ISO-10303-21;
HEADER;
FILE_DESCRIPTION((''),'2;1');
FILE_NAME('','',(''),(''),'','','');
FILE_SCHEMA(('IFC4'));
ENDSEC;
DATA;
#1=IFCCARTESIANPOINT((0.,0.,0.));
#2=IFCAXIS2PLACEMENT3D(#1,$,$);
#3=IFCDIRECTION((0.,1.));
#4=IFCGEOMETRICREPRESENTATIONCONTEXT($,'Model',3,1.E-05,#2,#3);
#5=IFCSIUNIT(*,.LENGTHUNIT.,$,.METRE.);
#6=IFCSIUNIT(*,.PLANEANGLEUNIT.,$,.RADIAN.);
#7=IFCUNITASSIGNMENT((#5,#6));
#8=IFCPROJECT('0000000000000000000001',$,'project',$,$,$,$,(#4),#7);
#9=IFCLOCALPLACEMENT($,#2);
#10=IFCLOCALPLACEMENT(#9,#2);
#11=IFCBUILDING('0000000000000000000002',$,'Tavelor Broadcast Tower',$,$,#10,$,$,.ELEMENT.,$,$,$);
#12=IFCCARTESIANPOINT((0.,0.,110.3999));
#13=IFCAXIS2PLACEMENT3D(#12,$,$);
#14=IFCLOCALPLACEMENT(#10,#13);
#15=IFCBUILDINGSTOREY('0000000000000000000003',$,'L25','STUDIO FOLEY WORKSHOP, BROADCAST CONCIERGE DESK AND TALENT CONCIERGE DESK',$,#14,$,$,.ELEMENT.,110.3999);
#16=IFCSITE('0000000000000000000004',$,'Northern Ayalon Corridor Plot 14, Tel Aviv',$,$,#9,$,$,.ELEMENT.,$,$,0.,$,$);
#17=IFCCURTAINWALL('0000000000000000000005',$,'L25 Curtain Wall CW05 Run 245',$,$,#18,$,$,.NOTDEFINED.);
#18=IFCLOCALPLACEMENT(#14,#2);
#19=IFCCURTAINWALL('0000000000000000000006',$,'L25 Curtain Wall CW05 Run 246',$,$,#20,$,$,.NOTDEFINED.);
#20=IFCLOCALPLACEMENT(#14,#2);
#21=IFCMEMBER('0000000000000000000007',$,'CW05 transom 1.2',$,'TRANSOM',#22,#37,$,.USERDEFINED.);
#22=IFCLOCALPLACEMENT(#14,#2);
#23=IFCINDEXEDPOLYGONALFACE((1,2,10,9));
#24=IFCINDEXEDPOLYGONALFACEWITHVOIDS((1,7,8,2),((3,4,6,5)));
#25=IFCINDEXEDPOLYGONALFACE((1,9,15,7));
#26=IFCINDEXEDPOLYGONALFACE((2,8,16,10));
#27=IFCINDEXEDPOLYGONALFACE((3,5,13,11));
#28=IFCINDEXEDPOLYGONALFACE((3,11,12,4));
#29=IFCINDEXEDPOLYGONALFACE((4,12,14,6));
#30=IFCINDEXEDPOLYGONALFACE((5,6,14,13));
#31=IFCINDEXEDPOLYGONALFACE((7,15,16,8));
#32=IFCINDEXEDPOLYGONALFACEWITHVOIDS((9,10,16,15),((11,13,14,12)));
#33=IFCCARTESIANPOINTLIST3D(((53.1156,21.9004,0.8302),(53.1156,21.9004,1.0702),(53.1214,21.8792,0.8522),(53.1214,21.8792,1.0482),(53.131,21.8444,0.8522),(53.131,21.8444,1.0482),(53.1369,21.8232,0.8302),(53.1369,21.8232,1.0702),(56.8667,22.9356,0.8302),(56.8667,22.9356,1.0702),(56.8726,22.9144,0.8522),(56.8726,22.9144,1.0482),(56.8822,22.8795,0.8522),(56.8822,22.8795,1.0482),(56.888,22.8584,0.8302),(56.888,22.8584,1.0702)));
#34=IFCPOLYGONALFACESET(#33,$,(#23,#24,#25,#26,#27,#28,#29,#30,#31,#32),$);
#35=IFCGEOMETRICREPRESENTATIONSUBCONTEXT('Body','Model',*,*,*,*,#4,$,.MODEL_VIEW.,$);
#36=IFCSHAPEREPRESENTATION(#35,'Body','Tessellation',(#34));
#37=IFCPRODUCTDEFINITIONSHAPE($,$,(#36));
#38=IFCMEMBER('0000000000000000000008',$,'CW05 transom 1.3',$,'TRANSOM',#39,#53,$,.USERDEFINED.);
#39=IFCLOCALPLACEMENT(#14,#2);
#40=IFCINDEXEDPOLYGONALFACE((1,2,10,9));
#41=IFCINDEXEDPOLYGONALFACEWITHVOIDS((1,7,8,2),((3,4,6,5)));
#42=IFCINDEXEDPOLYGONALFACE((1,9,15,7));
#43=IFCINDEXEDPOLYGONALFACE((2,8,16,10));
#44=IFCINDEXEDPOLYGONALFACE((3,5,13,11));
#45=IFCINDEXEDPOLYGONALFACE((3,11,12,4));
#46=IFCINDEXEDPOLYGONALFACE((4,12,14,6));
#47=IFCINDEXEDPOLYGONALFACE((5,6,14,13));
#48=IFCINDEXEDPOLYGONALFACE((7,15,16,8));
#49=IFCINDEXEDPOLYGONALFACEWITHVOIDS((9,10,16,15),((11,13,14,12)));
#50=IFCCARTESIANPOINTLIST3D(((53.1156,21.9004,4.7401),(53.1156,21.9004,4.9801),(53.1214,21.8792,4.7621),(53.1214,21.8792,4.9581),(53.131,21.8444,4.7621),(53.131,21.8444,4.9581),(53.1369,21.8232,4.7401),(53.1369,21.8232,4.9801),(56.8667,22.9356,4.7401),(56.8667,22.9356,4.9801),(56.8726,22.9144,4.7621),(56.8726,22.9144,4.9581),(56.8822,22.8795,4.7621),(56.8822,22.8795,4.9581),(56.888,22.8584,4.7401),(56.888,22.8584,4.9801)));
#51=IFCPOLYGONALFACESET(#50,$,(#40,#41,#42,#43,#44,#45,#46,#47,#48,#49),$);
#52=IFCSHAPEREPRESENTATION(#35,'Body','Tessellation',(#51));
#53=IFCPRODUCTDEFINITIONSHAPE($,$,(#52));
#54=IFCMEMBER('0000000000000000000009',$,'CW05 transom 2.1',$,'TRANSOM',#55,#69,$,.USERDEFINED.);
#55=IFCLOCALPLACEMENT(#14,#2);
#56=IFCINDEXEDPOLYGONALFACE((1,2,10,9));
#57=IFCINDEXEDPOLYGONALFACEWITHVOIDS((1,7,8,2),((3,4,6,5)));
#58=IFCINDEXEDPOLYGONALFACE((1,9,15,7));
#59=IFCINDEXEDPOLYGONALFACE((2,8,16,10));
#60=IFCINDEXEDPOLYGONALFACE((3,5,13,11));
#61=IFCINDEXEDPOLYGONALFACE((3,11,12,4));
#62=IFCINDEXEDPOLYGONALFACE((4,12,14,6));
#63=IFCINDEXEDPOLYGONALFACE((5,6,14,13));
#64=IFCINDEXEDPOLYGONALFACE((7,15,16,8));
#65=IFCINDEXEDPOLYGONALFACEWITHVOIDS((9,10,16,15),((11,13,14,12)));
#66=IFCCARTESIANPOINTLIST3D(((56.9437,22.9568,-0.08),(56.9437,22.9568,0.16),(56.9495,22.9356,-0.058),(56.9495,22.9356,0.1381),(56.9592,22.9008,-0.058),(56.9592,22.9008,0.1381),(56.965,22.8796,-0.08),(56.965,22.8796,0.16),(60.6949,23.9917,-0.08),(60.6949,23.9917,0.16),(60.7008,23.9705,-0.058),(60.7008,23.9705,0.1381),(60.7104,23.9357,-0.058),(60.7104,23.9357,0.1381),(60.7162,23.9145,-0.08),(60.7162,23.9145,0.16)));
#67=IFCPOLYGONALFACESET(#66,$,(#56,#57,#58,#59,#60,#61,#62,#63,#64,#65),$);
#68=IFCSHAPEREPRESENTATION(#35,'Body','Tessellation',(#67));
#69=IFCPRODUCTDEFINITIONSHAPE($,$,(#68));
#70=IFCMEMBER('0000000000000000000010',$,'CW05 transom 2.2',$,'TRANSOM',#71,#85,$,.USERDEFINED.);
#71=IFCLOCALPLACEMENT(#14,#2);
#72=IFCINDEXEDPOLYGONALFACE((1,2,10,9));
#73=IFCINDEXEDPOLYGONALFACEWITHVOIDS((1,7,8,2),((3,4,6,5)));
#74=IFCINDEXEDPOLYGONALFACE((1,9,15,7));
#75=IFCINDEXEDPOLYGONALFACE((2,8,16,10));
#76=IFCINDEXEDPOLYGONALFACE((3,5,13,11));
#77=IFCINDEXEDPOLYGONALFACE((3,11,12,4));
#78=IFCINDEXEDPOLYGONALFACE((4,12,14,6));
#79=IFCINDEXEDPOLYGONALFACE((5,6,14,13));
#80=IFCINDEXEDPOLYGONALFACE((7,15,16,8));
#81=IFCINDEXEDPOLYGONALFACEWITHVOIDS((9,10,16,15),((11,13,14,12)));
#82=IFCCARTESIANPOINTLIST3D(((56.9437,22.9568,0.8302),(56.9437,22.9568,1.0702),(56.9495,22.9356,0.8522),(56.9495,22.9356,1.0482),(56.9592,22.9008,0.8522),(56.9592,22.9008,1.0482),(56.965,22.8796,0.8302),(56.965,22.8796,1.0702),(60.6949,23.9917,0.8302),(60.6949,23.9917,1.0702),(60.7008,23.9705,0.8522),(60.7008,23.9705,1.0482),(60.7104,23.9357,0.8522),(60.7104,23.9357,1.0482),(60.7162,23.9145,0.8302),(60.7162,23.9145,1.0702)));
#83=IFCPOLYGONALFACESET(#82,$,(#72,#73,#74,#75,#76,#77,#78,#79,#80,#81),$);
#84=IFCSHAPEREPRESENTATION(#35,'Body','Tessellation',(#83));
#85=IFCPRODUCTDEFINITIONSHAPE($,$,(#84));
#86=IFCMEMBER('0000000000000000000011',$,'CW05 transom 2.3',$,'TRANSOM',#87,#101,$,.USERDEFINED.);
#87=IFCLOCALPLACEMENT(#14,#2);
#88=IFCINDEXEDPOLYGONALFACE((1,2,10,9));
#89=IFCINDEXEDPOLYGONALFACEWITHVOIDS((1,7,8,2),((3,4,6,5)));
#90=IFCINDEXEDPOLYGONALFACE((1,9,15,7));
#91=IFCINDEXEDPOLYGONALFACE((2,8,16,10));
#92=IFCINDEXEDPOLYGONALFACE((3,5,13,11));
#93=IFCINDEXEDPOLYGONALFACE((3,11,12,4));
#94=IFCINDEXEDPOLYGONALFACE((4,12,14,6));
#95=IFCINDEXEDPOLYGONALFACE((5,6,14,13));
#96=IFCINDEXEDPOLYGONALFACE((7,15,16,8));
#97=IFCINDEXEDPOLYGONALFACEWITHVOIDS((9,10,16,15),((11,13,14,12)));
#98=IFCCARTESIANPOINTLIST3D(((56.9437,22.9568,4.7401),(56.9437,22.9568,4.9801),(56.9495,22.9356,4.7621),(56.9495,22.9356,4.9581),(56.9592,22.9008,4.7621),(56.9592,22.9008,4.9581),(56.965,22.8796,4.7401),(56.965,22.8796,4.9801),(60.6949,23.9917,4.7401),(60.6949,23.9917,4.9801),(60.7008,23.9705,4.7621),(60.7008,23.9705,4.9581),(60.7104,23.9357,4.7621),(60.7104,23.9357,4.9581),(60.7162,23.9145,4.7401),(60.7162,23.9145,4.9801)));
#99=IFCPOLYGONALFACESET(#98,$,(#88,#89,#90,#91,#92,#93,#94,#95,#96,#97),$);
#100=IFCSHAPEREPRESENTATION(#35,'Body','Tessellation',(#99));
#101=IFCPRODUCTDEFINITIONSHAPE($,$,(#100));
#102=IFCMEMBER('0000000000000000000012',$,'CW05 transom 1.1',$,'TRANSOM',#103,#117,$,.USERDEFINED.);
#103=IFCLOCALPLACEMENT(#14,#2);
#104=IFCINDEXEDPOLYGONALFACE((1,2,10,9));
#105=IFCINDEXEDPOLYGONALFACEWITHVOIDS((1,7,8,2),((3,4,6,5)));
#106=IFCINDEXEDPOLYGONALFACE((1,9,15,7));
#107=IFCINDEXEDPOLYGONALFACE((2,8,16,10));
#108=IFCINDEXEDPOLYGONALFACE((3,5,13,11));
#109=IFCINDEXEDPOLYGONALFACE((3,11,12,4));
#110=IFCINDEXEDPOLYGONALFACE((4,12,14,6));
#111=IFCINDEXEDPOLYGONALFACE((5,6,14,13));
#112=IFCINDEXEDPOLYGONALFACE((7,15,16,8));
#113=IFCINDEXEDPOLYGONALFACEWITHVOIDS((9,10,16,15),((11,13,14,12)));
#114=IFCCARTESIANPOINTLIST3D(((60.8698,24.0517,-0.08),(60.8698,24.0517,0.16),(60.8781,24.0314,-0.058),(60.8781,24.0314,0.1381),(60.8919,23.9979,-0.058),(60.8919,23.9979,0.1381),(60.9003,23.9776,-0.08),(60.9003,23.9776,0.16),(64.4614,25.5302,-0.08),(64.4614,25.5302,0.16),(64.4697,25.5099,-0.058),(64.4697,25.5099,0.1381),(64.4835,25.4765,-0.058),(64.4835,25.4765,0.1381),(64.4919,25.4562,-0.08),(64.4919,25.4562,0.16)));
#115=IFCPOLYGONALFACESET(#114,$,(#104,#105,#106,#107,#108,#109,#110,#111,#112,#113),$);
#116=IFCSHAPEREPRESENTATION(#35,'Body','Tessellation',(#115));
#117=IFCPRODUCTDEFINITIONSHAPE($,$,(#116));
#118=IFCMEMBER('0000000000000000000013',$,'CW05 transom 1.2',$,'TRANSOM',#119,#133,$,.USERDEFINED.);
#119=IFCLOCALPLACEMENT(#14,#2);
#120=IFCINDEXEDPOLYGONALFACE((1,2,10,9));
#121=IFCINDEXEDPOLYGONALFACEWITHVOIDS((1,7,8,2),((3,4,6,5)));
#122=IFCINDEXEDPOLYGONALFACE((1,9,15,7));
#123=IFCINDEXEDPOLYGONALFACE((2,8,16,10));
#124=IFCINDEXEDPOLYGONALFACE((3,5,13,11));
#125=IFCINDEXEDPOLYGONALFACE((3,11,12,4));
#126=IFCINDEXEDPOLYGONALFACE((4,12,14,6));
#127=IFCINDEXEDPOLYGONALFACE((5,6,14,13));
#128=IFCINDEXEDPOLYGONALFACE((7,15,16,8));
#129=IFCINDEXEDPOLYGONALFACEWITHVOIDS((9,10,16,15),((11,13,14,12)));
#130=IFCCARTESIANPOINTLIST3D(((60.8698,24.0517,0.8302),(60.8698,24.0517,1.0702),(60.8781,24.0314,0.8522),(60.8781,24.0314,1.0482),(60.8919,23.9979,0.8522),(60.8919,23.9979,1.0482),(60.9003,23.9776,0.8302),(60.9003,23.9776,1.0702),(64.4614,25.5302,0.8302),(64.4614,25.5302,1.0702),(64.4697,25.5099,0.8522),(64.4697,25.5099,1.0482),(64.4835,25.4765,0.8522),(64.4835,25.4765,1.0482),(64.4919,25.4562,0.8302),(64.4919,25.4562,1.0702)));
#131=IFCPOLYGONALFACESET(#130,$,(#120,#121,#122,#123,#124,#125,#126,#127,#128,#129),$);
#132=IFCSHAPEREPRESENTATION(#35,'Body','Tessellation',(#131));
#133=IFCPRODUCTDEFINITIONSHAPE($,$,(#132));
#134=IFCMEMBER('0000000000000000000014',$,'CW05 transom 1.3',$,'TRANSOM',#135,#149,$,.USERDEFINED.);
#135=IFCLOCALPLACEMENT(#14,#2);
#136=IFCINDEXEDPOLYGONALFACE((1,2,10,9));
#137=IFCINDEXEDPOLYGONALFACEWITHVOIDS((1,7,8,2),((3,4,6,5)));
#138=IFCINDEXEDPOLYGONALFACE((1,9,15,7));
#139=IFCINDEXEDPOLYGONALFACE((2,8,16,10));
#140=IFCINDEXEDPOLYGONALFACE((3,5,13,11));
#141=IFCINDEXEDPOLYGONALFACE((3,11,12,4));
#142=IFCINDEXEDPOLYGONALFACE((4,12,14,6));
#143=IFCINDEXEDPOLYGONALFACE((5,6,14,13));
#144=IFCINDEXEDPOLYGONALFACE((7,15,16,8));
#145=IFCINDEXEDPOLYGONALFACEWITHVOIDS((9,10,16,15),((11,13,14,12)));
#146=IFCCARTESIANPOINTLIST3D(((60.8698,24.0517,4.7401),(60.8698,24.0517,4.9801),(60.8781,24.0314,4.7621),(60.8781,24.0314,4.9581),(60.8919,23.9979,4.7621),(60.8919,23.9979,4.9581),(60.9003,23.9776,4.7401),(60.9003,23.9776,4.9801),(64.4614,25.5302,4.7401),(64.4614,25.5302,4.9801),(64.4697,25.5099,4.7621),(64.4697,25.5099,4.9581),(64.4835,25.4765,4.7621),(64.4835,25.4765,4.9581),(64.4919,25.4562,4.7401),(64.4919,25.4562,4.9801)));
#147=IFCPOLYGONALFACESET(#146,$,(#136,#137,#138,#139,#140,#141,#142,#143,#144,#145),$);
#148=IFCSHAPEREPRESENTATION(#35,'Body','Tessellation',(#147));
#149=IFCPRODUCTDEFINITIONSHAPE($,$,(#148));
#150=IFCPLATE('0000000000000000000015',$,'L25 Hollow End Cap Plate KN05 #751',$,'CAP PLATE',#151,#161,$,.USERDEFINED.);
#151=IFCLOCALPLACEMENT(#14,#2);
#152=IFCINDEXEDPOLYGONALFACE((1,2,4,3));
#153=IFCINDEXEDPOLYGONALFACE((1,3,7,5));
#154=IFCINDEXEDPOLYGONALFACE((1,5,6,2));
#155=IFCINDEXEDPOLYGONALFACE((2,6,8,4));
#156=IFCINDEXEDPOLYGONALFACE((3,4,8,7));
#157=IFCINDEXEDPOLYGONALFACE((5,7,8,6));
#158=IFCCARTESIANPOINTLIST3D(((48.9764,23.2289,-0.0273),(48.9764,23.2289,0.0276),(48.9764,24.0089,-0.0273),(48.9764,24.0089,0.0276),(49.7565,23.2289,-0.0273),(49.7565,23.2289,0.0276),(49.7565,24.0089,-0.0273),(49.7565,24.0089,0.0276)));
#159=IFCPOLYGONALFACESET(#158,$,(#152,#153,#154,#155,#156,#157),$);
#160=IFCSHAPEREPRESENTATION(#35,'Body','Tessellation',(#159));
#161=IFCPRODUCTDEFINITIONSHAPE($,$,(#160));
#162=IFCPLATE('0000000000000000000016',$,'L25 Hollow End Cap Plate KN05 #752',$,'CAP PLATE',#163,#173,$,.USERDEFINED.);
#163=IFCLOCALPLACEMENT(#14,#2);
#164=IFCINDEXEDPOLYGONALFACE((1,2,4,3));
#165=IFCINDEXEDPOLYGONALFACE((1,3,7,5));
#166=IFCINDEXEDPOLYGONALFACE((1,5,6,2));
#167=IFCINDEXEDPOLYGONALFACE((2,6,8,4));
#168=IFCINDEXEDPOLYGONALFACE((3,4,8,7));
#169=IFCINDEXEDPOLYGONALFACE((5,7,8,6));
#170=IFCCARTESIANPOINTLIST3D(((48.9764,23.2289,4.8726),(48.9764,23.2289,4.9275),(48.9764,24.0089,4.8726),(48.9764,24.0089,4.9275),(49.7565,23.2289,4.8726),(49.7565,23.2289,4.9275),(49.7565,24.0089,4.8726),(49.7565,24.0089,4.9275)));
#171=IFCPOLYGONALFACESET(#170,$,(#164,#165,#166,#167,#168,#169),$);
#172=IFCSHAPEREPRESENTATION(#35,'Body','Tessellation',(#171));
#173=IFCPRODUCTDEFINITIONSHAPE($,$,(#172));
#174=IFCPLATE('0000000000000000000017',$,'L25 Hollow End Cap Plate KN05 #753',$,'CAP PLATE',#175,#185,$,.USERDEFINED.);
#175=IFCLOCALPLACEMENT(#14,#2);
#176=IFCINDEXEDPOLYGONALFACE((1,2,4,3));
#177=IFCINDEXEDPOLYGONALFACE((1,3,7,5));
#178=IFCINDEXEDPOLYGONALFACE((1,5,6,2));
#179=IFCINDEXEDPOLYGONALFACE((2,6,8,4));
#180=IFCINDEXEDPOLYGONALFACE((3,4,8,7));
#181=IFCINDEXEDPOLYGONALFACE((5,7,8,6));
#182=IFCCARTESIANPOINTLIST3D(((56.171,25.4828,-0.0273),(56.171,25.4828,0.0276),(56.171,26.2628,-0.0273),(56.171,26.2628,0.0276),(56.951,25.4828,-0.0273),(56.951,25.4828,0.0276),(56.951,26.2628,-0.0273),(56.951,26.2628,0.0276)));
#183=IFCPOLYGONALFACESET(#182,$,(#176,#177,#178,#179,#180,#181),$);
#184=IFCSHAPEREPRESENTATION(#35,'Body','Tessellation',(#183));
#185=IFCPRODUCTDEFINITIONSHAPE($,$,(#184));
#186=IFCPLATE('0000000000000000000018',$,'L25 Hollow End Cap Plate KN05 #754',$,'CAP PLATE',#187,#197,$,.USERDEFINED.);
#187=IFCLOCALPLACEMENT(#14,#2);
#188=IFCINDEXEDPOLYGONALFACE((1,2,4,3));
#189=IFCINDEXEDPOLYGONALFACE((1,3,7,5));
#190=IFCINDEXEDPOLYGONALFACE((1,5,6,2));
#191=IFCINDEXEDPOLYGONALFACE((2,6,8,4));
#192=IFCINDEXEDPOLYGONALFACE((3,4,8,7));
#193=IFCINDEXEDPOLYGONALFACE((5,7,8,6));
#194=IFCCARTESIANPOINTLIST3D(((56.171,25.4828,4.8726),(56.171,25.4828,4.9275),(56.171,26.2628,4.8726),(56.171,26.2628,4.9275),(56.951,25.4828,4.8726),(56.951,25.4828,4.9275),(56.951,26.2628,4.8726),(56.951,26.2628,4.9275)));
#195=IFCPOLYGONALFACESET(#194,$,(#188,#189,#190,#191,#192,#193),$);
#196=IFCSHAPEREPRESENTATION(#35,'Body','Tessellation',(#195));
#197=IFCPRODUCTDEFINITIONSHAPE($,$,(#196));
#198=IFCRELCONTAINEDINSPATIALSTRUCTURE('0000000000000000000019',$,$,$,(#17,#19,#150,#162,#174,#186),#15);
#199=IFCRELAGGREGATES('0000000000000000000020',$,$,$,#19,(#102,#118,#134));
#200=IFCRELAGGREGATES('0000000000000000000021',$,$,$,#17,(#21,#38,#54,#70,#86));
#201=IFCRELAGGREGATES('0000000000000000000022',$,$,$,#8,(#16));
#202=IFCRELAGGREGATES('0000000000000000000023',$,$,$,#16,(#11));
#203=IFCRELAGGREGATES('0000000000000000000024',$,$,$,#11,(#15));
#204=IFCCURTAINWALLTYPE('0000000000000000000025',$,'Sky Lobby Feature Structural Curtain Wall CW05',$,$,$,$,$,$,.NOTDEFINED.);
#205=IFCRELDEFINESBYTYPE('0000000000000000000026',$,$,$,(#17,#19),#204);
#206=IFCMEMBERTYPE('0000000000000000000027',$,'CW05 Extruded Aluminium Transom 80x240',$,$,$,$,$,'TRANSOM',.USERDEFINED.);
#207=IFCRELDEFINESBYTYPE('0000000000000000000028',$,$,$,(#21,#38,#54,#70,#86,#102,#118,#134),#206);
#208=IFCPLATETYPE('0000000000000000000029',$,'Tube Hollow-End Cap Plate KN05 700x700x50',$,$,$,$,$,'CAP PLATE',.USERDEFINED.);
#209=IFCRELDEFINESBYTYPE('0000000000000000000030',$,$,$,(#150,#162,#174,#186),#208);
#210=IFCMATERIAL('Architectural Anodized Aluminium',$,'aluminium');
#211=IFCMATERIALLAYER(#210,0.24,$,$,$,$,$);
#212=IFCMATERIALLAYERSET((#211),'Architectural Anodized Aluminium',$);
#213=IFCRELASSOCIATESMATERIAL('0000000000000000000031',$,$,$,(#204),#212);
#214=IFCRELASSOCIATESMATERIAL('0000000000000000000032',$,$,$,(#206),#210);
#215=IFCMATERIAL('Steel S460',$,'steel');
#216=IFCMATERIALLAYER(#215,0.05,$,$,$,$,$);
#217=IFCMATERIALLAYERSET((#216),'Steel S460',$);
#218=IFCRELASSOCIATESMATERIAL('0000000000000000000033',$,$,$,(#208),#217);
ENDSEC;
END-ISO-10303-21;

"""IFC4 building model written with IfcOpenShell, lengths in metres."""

from ifc_helpers import new_model, si_unit, direction, frame, origin, origin_2d, place, context, subcontext, project, spatial, rectangle, hollow_rectangle, extrude, source, transform, mapped, material, layer, layer_set, material_profile, profile_set, type_object, type_shapes, element, aggregate, save


model = new_model("IFC4")

# Units and contexts
model_context = context("Model", 3, precision=1e-05, world=origin(), true_north=direction((0.0, 1.0)))
body_context = subcontext(model_context, "Body", "Model", "MODEL_VIEW")
ifc_project = project(units=[si_unit("LENGTHUNIT", "METRE"), si_unit("PLANEANGLEUNIT", "RADIAN")], contexts=[model_context])

# Site, building, storey
site_placement = place(None, origin())
site = spatial("IfcSite", under=ifc_project, at=site_placement, Name="Northern Ayalon Corridor Plot 14, Tel Aviv", CompositionType="ELEMENT", RefElevation=0.0)
building_placement = place(site_placement, origin())
building = spatial("IfcBuilding", under=site, at=building_placement, Name="Tavelor Broadcast Tower", CompositionType="ELEMENT")
storey_placement = place(building_placement, frame((0.0, 0.0, 110.3999)))
storey = spatial("IfcBuildingStorey", under=building, at=storey_placement, Name="L25", Description="STUDIO FOLEY WORKSHOP, BROADCAST CONCIERGE DESK AND TALENT CONCIERGE DESK", CompositionType="ELEMENT", Elevation=110.3999)

# Shared definitions
ifc_material_1 = material(Name="Steel S460", Category="steel")

# Curtain wall
ifc_material_2 = material(Name="Architectural Anodized Aluminium", Category="aluminium")
ifc_layer_1 = layer(ifc_material_2, 0.24)
ifc_layer_set_1 = layer_set([ifc_layer_1], Name="Architectural Anodized Aluminium")
curtain_wall_type = type_object("IfcCurtainWallType", Name="Sky Lobby Feature Structural Curtain Wall CW05", PredefinedType="NOTDEFINED", material=ifc_layer_set_1)
curtain_wall_1_placement = place(storey_placement, origin())
curtain_wall_1 = element("IfcCurtainWall", 1, at=curtain_wall_1_placement, inside=storey, type_object=curtain_wall_type, Name="L25 Curtain Wall CW05 Run 245", PredefinedType="NOTDEFINED")

# Curtain wall
curtain_wall_2_placement = place(storey_placement, origin())
curtain_wall_2 = element("IfcCurtainWall", 2, at=curtain_wall_2_placement, inside=storey, type_object=curtain_wall_type, Name="L25 Curtain Wall CW05 Run 246", PredefinedType="NOTDEFINED")

# Members
ifc_material_profile_1 = material_profile(ifc_material_2, hollow_rectangle(XDim=0.0801, YDim=0.24, WallThickness=0.022, at=origin_2d()), Name="RHS 80x240x22")
ifc_profile_set_1 = profile_set([ifc_material_profile_1], Name="Architectural Anodized Aluminium")
member_type_1 = type_object("IfcMemberType", Name="CW05 Extruded Aluminium Transom 80x240", ElementType="TRANSOM", PredefinedType="USERDEFINED", material=ifc_profile_set_1)
shared_shape_1 = source(origin(), body_context, "Body", "SweptSolid", [
    extrude(hollow_rectangle(XDim=0.0801, YDim=0.24, WallThickness=0.022, at=origin_2d()), origin(), (0.0, 0.0, 1.0), 3.8914),
])
member_1_placement = place(storey_placement, frame((53.1262, 21.8618, 0.9502), z_axis=(0.96397, 0.266009, 0.0), x_axis=(-0.266009, 0.96397, 0.0)))
member_1 = element("IfcMember", 3, at=member_1_placement, type_object=member_type_1, Name="CW05 transom 1.2", ObjectType="TRANSOM", PredefinedType="USERDEFINED", context=body_context, shape_type="MappedRepresentation", body=[
    mapped(shared_shape_1, transform((0.0, 0.0, 0.0), scale=1.0)),
])
member_2_placement = place(storey_placement, frame((53.1262, 21.8618, 4.8601), z_axis=(0.96397, 0.266009, 0.0), x_axis=(-0.266009, 0.96397, 0.0)))
member_2 = element("IfcMember", 4, at=member_2_placement, type_object=member_type_1, Name="CW05 transom 1.3", ObjectType="TRANSOM", PredefinedType="USERDEFINED", context=body_context, shape_type="MappedRepresentation", body=[
    mapped(shared_shape_1, transform((0.0, 0.0, 0.0), scale=1.0)),
])
member_3_placement = place(storey_placement, frame((56.9543, 22.9182, 0.04), z_axis=(0.963987, 0.265951, 0.0), x_axis=(-0.265951, 0.963987, 0.0)))
member_3 = element("IfcMember", 5, at=member_3_placement, type_object=member_type_1, Name="CW05 transom 2.1", ObjectType="TRANSOM", PredefinedType="USERDEFINED", context=body_context, shape_type="MappedRepresentation", body=[
    mapped(shared_shape_1, transform((0.0, 0.0, 0.0), scale=1.0)),
])
member_4_placement = place(storey_placement, frame((56.9543, 22.9182, 0.9502), z_axis=(0.963987, 0.265951, 0.0), x_axis=(-0.265951, 0.963987, 0.0)))
member_4 = element("IfcMember", 6, at=member_4_placement, type_object=member_type_1, Name="CW05 transom 2.2", ObjectType="TRANSOM", PredefinedType="USERDEFINED", context=body_context, shape_type="MappedRepresentation", body=[
    mapped(shared_shape_1, transform((0.0, 0.0, 0.0), scale=1.0)),
])
member_5_placement = place(storey_placement, frame((56.9543, 22.9182, 4.8601), z_axis=(0.963987, 0.265951, 0.0), x_axis=(-0.265951, 0.963987, 0.0)))
member_5 = element("IfcMember", 7, at=member_5_placement, type_object=member_type_1, Name="CW05 transom 2.3", ObjectType="TRANSOM", PredefinedType="USERDEFINED", context=body_context, shape_type="MappedRepresentation", body=[
    mapped(shared_shape_1, transform((0.0, 0.0, 0.0), scale=1.0)),
])
shared_shape_2 = source(origin(), body_context, "Body", "SweptSolid", [
    extrude(hollow_rectangle(XDim=0.0801, YDim=0.24, WallThickness=0.022, at=origin_2d()), origin(), (0.0, 0.0, 1.0), 3.884),
])
type_shapes(member_type_1, [shared_shape_1, shared_shape_2])
member_6_placement = place(storey_placement, frame((60.885, 24.0146, 0.04), z_axis=(0.924711, 0.380671, 0.0), x_axis=(-0.380671, 0.924711, 0.0)))
member_6 = element("IfcMember", 8, at=member_6_placement, type_object=member_type_1, Name="CW05 transom 1.1", ObjectType="TRANSOM", PredefinedType="USERDEFINED", context=body_context, shape_type="MappedRepresentation", body=[
    mapped(shared_shape_2, transform((0.0, 0.0, 0.0), scale=1.0)),
])
member_7_placement = place(storey_placement, frame((60.885, 24.0146, 0.9502), z_axis=(0.924711, 0.380671, 0.0), x_axis=(-0.380671, 0.924711, 0.0)))
member_7 = element("IfcMember", 9, at=member_7_placement, type_object=member_type_1, Name="CW05 transom 1.2", ObjectType="TRANSOM", PredefinedType="USERDEFINED", context=body_context, shape_type="MappedRepresentation", body=[
    mapped(shared_shape_2, transform((0.0, 0.0, 0.0), scale=1.0)),
])
member_8_placement = place(storey_placement, frame((60.885, 24.0146, 4.8601), z_axis=(0.924711, 0.380671, 0.0), x_axis=(-0.380671, 0.924711, 0.0)))
member_8 = element("IfcMember", 10, at=member_8_placement, type_object=member_type_1, Name="CW05 transom 1.3", ObjectType="TRANSOM", PredefinedType="USERDEFINED", context=body_context, shape_type="MappedRepresentation", body=[
    mapped(shared_shape_2, transform((0.0, 0.0, 0.0), scale=1.0)),
])
aggregate(curtain_wall_2, [member_6, member_7, member_8])

# Plates
ifc_layer_2 = layer(ifc_material_1, 0.05)
ifc_layer_set_2 = layer_set([ifc_layer_2], Name="Steel S460")
plate_type_1 = type_object("IfcPlateType", Name="Tube Hollow-End Cap Plate KN05 700x700x50", ElementType="CAP PLATE", PredefinedType="USERDEFINED", material=ifc_layer_set_2)
shared_shape_3 = source(origin(), body_context, "Body", "SweptSolid", [
    extrude(rectangle(XDim=0.78, YDim=0.78, at=origin_2d()), origin(), (0.0, 0.0, 1.0), 0.0549),
])
type_shapes(plate_type_1, [shared_shape_3])
for number, where, z_axis, x_axis, name in (
    (11, (49.3665, 23.6189, -0.0273), (0.0, 0.0, 1.0), (1.0, 0.0, 0.0), "L25 Hollow End Cap Plate KN05 #751"),
    (12, (49.3665, 23.6189, 4.8726), (0.0, 0.0, 1.0), (1.0, 0.0, 0.0), "L25 Hollow End Cap Plate KN05 #752"),
    (13, (56.561, 25.8728, -0.0273), (0.0, 0.0, 1.0), (1.0, 0.0, 0.0), "L25 Hollow End Cap Plate KN05 #753"),
    (14, (56.561, 25.8728, 4.8726), (0.0, 0.0, 1.0), (1.0, 0.0, 0.0), "L25 Hollow End Cap Plate KN05 #754"),
):
    element("IfcPlate", number, at=place(storey_placement, frame(where, z_axis=z_axis, x_axis=x_axis)), inside=storey, type_object=plate_type_1, Name=name, ObjectType="CAP PLATE", PredefinedType="USERDEFINED", context=body_context, shape_type="MappedRepresentation", body=[
        mapped(shared_shape_3, transform((0.0, 0.0, 0.0), scale=1.0)),
    ])

aggregate(curtain_wall_1, [member_1, member_2, member_3, member_4, member_5])

save(model, "model.ifc")
